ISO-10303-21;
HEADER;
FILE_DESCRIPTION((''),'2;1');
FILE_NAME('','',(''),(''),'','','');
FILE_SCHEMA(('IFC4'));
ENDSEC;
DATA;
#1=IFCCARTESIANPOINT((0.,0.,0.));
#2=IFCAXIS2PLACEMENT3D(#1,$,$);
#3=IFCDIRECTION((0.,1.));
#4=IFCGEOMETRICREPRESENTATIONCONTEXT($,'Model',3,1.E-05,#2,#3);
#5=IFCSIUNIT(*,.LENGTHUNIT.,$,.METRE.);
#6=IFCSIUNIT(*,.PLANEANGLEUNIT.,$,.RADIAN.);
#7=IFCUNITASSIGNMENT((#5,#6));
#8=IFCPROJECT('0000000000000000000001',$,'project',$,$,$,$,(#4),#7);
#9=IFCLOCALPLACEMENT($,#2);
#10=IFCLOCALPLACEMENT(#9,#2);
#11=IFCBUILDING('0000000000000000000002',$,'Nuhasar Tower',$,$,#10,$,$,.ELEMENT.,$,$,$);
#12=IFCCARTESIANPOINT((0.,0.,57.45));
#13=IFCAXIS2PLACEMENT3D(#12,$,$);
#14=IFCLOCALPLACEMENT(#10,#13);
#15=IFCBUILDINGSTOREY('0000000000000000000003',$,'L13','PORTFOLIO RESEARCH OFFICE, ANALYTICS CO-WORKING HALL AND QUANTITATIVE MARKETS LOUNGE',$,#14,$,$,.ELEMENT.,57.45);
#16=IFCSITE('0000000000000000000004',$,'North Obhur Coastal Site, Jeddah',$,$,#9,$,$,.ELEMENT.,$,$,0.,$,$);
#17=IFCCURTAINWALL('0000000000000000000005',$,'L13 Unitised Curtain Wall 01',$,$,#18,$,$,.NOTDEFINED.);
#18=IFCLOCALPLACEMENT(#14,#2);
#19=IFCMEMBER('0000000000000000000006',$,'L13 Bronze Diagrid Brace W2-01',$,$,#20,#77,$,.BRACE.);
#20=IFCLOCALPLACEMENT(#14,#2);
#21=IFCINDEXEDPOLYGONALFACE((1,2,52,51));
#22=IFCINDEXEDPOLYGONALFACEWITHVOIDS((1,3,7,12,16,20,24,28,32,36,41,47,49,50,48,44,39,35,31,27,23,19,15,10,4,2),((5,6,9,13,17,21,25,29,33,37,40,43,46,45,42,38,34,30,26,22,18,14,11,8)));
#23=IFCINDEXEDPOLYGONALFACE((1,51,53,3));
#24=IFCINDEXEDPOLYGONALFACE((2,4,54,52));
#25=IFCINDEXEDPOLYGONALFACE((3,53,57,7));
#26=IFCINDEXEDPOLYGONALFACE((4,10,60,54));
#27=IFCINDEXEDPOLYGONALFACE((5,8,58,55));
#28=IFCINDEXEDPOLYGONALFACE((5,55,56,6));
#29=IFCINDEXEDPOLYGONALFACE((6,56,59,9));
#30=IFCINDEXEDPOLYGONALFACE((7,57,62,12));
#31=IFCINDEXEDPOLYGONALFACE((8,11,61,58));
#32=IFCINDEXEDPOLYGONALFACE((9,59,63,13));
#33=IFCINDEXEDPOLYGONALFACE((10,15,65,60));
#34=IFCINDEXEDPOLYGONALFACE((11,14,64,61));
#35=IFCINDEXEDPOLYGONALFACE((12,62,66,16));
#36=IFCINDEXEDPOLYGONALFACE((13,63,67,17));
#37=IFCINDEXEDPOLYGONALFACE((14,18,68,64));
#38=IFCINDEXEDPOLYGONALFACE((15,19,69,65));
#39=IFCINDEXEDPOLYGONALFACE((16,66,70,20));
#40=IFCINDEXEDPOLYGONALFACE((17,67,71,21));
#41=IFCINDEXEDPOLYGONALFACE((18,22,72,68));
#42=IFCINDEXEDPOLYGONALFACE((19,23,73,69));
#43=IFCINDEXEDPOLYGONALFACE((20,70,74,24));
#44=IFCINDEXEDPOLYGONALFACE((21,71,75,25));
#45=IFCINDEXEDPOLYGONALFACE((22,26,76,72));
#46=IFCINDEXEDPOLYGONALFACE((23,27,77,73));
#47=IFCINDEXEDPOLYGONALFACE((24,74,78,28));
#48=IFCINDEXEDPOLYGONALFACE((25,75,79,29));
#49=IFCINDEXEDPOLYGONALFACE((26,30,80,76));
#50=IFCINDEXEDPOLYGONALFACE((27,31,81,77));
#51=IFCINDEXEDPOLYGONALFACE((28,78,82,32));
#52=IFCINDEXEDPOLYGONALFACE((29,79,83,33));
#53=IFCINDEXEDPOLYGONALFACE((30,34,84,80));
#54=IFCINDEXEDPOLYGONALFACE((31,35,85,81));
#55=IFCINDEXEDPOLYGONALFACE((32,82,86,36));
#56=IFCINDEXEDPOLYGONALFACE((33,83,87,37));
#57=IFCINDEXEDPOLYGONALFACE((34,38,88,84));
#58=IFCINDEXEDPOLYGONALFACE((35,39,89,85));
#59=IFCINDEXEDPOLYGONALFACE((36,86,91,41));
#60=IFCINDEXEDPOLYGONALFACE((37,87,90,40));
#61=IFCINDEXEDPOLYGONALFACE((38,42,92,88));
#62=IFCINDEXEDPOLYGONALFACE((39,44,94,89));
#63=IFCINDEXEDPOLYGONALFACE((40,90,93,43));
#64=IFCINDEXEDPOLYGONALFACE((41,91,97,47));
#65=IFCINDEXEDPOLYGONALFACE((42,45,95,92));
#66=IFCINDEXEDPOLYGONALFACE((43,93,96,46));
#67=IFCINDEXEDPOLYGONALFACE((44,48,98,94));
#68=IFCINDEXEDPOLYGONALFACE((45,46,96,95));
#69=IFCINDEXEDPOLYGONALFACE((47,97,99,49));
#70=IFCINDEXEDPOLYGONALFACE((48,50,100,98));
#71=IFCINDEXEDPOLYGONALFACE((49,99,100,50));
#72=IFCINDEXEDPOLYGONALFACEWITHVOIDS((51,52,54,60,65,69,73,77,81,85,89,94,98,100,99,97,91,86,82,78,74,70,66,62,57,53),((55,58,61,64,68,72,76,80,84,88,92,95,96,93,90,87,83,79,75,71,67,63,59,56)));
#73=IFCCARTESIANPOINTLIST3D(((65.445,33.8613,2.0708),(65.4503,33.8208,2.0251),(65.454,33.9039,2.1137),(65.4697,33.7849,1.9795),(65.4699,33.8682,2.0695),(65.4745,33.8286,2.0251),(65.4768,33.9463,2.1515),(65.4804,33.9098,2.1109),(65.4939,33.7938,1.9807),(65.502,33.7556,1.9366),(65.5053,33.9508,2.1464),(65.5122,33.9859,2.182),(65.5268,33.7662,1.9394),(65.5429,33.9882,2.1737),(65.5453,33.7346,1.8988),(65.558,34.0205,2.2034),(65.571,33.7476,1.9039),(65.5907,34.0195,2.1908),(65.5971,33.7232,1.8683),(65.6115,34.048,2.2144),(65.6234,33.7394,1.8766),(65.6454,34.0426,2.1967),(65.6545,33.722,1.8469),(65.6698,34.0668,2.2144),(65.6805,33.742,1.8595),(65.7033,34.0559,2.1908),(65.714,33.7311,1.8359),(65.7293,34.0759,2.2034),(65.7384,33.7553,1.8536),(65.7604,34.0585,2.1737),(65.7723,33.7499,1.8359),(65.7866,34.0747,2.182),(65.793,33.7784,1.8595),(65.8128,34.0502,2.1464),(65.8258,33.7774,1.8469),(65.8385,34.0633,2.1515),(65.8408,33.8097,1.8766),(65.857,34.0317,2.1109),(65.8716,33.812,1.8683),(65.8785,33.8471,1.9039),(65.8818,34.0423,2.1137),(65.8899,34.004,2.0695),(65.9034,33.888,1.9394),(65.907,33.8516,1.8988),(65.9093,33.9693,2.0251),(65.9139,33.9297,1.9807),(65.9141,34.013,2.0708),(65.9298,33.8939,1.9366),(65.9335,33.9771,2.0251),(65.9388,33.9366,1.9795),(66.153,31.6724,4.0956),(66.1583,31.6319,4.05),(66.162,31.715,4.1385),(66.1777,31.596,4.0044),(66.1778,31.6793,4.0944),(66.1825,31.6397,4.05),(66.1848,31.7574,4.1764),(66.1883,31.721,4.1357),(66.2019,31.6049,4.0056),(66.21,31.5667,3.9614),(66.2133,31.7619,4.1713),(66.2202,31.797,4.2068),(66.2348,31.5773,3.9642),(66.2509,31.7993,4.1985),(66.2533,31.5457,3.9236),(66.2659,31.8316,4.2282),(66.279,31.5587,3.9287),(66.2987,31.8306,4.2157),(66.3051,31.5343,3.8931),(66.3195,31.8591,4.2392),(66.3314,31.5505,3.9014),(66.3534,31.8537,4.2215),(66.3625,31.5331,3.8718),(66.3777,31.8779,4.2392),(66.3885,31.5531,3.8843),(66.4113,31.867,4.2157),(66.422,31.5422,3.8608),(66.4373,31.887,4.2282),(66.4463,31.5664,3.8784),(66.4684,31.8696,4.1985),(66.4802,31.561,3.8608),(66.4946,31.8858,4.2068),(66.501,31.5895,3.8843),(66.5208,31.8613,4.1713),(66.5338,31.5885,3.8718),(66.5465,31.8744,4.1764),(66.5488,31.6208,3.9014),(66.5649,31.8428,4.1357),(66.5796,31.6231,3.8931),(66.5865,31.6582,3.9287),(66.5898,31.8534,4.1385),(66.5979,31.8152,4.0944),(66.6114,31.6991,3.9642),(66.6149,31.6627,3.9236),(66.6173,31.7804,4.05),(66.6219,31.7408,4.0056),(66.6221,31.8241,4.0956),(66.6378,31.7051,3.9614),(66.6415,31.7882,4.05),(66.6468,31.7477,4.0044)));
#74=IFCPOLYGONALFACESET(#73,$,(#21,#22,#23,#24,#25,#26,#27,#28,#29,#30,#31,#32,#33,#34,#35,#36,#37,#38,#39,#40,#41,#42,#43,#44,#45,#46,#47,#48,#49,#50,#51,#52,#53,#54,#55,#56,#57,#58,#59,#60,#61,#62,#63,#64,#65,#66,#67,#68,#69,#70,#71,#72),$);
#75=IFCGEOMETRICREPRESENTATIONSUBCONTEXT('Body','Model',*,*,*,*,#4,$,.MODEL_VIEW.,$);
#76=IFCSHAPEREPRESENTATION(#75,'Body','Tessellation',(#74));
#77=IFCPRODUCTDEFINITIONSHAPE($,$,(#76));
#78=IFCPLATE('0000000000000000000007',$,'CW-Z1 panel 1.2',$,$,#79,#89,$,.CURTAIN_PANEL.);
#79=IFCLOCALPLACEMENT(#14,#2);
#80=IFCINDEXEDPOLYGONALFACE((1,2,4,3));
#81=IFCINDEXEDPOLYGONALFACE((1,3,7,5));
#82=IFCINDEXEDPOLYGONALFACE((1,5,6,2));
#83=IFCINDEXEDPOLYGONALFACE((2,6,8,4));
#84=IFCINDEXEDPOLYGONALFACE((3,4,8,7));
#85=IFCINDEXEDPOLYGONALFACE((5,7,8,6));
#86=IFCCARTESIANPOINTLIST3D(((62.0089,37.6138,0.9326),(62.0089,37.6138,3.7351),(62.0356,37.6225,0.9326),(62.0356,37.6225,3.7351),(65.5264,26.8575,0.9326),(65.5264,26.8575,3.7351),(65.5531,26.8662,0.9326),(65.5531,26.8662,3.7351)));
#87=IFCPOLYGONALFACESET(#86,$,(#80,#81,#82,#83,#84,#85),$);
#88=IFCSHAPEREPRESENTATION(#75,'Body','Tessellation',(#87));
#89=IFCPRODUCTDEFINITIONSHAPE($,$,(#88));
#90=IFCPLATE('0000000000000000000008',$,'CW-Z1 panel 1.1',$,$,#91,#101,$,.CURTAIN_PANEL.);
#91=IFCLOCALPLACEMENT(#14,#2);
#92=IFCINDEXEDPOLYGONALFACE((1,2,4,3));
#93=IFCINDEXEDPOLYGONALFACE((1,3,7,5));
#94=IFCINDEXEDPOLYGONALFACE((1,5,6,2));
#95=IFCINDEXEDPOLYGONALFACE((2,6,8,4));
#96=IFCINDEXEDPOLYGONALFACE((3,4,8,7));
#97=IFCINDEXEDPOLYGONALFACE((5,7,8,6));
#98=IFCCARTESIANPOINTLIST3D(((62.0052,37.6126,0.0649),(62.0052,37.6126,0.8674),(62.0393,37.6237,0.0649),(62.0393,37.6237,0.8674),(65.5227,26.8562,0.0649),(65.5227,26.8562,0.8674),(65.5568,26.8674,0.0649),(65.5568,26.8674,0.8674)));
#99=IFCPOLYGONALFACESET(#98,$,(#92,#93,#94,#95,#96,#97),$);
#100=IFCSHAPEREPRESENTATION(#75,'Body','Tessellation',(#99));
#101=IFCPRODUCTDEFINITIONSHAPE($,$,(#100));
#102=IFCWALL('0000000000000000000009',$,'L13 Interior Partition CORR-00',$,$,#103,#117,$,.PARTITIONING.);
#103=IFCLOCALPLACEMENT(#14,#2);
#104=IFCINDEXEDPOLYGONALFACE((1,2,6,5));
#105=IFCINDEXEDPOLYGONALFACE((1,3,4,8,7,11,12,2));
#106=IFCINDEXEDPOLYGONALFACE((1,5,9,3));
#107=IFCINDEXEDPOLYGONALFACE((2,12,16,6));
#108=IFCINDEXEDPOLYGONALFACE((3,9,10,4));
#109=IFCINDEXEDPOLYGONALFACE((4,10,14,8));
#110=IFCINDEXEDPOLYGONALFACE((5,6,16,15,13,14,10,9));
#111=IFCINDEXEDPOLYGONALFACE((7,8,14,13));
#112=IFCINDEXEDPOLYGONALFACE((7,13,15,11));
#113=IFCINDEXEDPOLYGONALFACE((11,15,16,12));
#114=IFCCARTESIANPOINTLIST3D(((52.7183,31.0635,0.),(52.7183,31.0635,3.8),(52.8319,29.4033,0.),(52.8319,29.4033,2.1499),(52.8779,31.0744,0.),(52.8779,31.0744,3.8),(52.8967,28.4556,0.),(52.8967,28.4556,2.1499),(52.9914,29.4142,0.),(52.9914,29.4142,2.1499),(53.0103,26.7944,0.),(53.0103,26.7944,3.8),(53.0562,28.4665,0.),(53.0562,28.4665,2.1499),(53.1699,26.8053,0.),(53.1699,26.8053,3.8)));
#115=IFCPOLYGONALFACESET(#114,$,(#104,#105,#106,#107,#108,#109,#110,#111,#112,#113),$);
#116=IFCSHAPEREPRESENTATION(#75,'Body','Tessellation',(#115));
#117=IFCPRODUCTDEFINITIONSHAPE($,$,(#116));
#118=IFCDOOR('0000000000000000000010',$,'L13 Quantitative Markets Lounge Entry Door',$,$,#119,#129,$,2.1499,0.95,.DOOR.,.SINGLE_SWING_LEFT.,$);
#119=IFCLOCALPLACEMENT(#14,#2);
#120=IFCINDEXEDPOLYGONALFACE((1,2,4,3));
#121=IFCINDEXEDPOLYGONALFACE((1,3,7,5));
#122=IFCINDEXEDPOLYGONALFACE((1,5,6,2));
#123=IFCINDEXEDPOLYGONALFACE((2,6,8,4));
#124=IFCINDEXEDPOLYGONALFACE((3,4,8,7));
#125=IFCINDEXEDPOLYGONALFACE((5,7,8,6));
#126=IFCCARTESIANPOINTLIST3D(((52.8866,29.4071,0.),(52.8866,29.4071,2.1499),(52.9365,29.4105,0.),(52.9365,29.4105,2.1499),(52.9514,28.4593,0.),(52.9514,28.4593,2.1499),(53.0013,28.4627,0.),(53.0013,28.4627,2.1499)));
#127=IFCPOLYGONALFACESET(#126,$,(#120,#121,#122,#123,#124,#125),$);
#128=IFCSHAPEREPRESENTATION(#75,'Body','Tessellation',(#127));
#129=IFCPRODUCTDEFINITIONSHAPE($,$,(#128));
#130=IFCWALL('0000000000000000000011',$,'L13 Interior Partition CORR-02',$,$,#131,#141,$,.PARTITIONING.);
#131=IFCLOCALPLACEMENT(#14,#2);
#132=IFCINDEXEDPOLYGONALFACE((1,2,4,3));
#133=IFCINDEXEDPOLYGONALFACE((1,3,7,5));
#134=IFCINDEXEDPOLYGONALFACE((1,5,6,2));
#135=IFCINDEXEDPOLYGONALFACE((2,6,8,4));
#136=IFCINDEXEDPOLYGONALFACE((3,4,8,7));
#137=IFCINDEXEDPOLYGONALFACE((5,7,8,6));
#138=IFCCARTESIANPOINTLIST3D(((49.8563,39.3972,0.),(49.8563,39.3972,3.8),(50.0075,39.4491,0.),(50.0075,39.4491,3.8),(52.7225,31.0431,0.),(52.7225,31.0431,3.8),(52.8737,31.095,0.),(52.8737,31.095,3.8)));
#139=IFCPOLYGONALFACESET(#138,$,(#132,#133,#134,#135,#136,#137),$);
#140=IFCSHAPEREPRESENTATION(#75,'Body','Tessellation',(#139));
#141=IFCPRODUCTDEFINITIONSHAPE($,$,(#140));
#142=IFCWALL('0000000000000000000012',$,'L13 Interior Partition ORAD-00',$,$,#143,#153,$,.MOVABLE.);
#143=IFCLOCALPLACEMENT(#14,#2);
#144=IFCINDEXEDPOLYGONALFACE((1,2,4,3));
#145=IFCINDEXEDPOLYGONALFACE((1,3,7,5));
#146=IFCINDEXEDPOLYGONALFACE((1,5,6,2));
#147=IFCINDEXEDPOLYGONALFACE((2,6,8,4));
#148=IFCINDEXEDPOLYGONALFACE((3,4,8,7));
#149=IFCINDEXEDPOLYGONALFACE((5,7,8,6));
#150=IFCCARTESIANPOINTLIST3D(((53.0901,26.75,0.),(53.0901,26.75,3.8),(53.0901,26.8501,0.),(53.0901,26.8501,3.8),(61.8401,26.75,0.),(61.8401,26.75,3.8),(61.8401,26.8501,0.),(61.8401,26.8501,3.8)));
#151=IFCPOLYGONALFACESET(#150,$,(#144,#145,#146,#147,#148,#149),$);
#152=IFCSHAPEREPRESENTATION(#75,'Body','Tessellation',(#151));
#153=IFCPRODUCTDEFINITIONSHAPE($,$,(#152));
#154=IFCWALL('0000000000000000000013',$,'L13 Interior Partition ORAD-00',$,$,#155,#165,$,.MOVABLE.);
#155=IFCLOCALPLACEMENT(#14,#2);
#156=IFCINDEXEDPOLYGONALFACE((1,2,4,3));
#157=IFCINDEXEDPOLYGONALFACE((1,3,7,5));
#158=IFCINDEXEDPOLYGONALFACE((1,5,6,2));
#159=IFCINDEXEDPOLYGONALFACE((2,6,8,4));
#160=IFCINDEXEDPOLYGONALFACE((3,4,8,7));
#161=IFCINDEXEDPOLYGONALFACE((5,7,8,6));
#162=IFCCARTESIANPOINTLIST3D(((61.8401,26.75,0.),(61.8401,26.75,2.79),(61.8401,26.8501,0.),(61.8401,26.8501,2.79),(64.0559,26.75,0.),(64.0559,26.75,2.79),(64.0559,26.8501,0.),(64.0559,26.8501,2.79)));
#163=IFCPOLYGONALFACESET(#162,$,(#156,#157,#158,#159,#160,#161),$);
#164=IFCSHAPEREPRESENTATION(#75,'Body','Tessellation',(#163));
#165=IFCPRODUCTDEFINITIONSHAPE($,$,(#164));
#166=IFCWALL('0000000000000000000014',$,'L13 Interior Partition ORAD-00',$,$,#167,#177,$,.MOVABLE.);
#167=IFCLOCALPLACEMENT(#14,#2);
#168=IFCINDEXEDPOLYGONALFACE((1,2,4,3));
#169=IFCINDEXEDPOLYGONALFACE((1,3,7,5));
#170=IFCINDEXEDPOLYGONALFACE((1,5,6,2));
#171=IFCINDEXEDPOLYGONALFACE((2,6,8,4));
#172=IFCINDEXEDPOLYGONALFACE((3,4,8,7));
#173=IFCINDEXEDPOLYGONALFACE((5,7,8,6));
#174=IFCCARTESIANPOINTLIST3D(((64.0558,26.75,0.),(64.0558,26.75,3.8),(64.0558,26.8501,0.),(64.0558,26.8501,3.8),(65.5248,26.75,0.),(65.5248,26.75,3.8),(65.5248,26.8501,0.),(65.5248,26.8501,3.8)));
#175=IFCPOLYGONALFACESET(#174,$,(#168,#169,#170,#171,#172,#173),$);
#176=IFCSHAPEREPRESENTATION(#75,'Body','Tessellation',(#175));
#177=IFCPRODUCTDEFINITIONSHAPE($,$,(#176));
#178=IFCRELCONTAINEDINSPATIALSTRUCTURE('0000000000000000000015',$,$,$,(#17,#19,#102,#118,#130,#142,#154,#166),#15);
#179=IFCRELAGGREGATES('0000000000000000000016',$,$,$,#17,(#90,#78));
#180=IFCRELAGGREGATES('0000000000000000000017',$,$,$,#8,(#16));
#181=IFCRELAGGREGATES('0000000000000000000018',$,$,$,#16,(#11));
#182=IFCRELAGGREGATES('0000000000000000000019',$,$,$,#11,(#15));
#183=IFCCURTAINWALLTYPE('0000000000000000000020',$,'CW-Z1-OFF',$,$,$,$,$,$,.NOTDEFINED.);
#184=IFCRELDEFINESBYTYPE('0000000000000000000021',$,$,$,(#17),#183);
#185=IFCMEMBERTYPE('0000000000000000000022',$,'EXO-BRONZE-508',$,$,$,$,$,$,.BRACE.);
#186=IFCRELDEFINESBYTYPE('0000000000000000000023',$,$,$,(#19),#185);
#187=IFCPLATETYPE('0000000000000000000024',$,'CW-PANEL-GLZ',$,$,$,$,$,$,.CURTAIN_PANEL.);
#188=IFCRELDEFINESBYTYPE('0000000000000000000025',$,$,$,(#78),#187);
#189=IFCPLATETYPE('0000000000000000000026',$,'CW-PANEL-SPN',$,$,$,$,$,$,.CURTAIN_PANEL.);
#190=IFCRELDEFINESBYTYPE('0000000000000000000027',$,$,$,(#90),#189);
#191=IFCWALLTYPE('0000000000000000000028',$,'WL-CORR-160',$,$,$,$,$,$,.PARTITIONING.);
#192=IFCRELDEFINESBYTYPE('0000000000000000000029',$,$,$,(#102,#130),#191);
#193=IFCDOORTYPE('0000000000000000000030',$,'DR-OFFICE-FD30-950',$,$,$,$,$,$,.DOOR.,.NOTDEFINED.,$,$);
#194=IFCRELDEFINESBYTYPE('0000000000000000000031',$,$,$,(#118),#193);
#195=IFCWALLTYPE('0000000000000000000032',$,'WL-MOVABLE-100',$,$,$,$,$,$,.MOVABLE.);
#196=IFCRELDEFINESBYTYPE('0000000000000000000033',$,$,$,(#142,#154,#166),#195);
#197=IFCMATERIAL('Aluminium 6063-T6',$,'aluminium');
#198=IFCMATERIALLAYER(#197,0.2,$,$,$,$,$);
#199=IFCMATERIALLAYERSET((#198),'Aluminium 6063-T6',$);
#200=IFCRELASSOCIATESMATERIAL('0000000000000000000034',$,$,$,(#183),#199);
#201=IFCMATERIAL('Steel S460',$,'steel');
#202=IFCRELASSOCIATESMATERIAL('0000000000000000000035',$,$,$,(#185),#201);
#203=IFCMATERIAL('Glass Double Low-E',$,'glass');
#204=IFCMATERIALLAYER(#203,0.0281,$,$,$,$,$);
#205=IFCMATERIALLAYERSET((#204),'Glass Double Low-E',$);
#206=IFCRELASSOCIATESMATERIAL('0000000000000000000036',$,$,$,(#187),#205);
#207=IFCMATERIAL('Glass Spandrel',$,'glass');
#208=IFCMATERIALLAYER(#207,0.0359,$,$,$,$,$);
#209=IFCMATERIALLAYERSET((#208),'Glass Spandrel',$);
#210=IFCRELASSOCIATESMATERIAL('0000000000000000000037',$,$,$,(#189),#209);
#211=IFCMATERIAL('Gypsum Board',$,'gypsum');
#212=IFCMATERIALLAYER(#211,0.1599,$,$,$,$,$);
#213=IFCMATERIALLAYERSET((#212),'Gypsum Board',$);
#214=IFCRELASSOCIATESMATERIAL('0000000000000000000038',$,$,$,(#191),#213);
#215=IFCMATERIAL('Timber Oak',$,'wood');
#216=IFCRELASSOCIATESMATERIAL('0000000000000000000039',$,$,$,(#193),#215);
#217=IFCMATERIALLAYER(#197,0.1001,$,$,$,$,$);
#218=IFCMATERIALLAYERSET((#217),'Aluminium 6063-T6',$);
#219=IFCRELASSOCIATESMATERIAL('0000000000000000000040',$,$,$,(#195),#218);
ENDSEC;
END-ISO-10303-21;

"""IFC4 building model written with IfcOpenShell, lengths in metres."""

from ifc_helpers import new_model, si_unit, direction, frame, frame_2d, origin, origin_2d, place, context, subcontext, project, spatial, rectangle, hollow_circle, extrude, material, layer, layer_set, material_profile, profile_set, type_object, element, fill, aggregate, save


model = new_model("IFC4")

# Units and contexts
model_context = context("Model", 3, precision=1e-05, world=origin(), true_north=direction((0.0, 1.0)))
body_context = subcontext(model_context, "Body", "Model", "MODEL_VIEW")
ifc_project = project(units=[si_unit("LENGTHUNIT", "METRE"), si_unit("PLANEANGLEUNIT", "RADIAN")], contexts=[model_context])

# Site, building, storey
site_placement = place(None, origin())
site = spatial("IfcSite", under=ifc_project, at=site_placement, Name="North Obhur Coastal Site, Jeddah", CompositionType="ELEMENT", RefElevation=0.0)
building_placement = place(site_placement, origin())
building = spatial("IfcBuilding", under=site, at=building_placement, Name="Nuhasar Tower", CompositionType="ELEMENT")
storey_placement = place(building_placement, frame((0.0, 0.0, 57.45)))
storey = spatial("IfcBuildingStorey", under=building, at=storey_placement, Name="L13", Description="PORTFOLIO RESEARCH OFFICE, ANALYTICS CO-WORKING HALL AND QUANTITATIVE MARKETS LOUNGE", CompositionType="ELEMENT", Elevation=57.45)

# Curtain wall
ifc_material_1 = material(Name="Aluminium 6063-T6", Category="aluminium")
ifc_layer_1 = layer(ifc_material_1, 0.2)
ifc_layer_set_1 = layer_set([ifc_layer_1], Name="Aluminium 6063-T6")
curtain_wall_type = type_object("IfcCurtainWallType", Name="CW-Z1-OFF", PredefinedType="NOTDEFINED", material=ifc_layer_set_1)
curtain_wall_placement = place(storey_placement, origin())
curtain_wall = element("IfcCurtainWall", 1, at=curtain_wall_placement, inside=storey, type_object=curtain_wall_type, Name="L13 Unitised Curtain Wall 01", PredefinedType="NOTDEFINED")

# Member
ifc_material_2 = material(Name="Steel S460", Category="steel")
ifc_material_profile_1 = material_profile(ifc_material_2, hollow_circle(Radius=0.2539, WallThickness=0.0254, at=origin_2d()), Name="HSS508X25.4")
ifc_profile_set_1 = profile_set([ifc_material_profile_1], Name="Steel S460")
member_type_1 = type_object("IfcMemberType", Name="EXO-BRONZE-508", PredefinedType="BRACE", material=ifc_profile_set_1)
member_1_placement = place(storey_placement, frame((65.6919, 33.8989, 2.0251), z_axis=(0.231012, -0.714225, 0.660694), x_axis=(0.951468, 0.307747, 0.0)))
element("IfcMember", 2, at=member_1_placement, inside=storey, type_object=member_type_1, Name="L13 Bronze Diagrid Brace W2-01", PredefinedType="BRACE", context=body_context, shape_type="SweptSolid", body=[
    extrude(hollow_circle(Radius=0.2539, WallThickness=0.0254, at=origin_2d()), origin(), (0.0, 0.0, 1.0), 3.0647),
])

# Plates
ifc_material_3 = material(Name="Glass Double Low-E", Category="glass")
ifc_layer_2 = layer(ifc_material_3, 0.0281)
ifc_layer_set_2 = layer_set([ifc_layer_2], Name="Glass Double Low-E")
plate_type_1 = type_object("IfcPlateType", Name="CW-PANEL-GLZ", PredefinedType="CURTAIN_PANEL", material=ifc_layer_set_2)
plate_1_placement = place(storey_placement, frame((63.781, 32.24, 0.9326), z_axis=(0.0, 0.0, 1.0), x_axis=(-0.310824, 0.950468, 0.0)))
plate_1 = element("IfcPlate", 3, at=plate_1_placement, type_object=plate_type_1, Name="CW-Z1 panel 1.2", PredefinedType="CURTAIN_PANEL", context=body_context, shape_type="SweptSolid", body=[
    extrude(rectangle(XDim=11.3169, YDim=0.0281, at=origin_2d()), origin(), (0.0, 0.0, 1.0), 2.8025),
])
ifc_material_4 = material(Name="Glass Spandrel", Category="glass")
ifc_layer_3 = layer(ifc_material_4, 0.0359)
ifc_layer_set_3 = layer_set([ifc_layer_3], Name="Glass Spandrel")
plate_type_2 = type_object("IfcPlateType", Name="CW-PANEL-SPN", PredefinedType="CURTAIN_PANEL", material=ifc_layer_set_3)
plate_2_placement = place(storey_placement, frame((63.781, 32.24, 0.0649), z_axis=(0.0, 0.0, 1.0), x_axis=(-0.310824, 0.950468, 0.0)))
plate_2 = element("IfcPlate", 4, at=plate_2_placement, type_object=plate_type_2, Name="CW-Z1 panel 1.1", PredefinedType="CURTAIN_PANEL", context=body_context, shape_type="SweptSolid", body=[
    extrude(rectangle(XDim=11.3169, YDim=0.0359, at=origin_2d()), origin(), (0.0, 0.0, 1.0), 0.8025),
])
aggregate(curtain_wall, [plate_2, plate_1])

# Wall, opening, door
ifc_material_5 = material(Name="Gypsum Board", Category="gypsum")
ifc_layer_4 = layer(ifc_material_5, 0.1599)
ifc_layer_set_4 = layer_set([ifc_layer_4], Name="Gypsum Board")
wall_type_1 = type_object("IfcWallType", Name="WL-CORR-160", PredefinedType="PARTITIONING", material=ifc_layer_set_4)
wall_1_placement = place(storey_placement, frame((52.7981, 31.0691, 0.0), z_axis=(0.0, 0.0, 1.0), x_axis=(0.068238, -0.997669, 0.0)))
wall_1 = element("IfcWall", 5, at=wall_1_placement, inside=storey, type_object=wall_type_1, Name="L13 Interior Partition CORR-00", PredefinedType="PARTITIONING", context=body_context, shape_type="SweptSolid", body=[
    extrude(rectangle(XDim=4.2791, YDim=0.1599, at=frame_2d((2.1396, 0.0))), origin(), (0.0, 0.0, 1.0), 3.8),
])
opening_placement = place(wall_1_placement, frame((1.6641, 0.0, 0.0)))
opening = element("IfcOpeningElement", 6, at=opening_placement, cuts=wall_1, PredefinedType="OPENING", context=body_context, shape_type="SweptSolid", body=[
    extrude(rectangle(XDim=0.95, YDim=2.1499, at=frame_2d((0.4751, 1.075))), frame((0.0, 0.0898, 0.0), z_axis=(0.0, -1.0, 0.0), x_axis=(1.0, 0.0, 0.0)), (0.0, 0.0, 1.0), 0.1799),
])
ifc_material_6 = material(Name="Timber Oak", Category="wood")
door_type = type_object("IfcDoorType", Name="DR-OFFICE-FD30-950", OperationType="NOTDEFINED", PredefinedType="DOOR", material=ifc_material_6)
door_placement = place(opening_placement, origin())
door = element("IfcDoor", 7, at=door_placement, inside=storey, type_object=door_type, Name="L13 Quantitative Markets Lounge Entry Door", OperationType="SINGLE_SWING_LEFT", OverallHeight=2.1499, OverallWidth=0.95, PredefinedType="DOOR", context=body_context, shape_type="SweptSolid", body=[
    extrude(rectangle(XDim=0.95, YDim=2.1499, at=frame_2d((0.4751, 1.075))), frame((0.0, 0.0249, 0.0), z_axis=(0.0, -1.0, 0.0), x_axis=(1.0, 0.0, 0.0)), (0.0, 0.0, 1.0), 0.05),
])
fill(opening, door)

# Walls
wall_2_placement = place(storey_placement, frame((52.7981, 31.0691, 0.0), z_axis=(0.0, 0.0, 1.0), x_axis=(-0.324525, 0.945877, 0.0)))
element("IfcWall", 8, at=wall_2_placement, inside=storey, type_object=wall_type_1, Name="L13 Interior Partition CORR-02", PredefinedType="PARTITIONING", context=body_context, shape_type="SweptSolid", body=[
    extrude(rectangle(XDim=8.832, YDim=0.1599, at=frame_2d((4.416, 0.0))), origin(), (0.0, 0.0, 1.0), 3.8),
])
ifc_layer_5 = layer(ifc_material_1, 0.1001)
ifc_layer_set_5 = layer_set([ifc_layer_5], Name="Aluminium 6063-T6")
wall_type_2 = type_object("IfcWallType", Name="WL-MOVABLE-100", PredefinedType="MOVABLE", material=ifc_layer_set_5)
wall_3_placement = place(storey_placement, frame((53.0901, 26.8, 0.0), z_axis=(0.0, 0.0, 1.0), x_axis=(1.0, 0.0, 0.0)))
element("IfcWall", 9, at=wall_3_placement, inside=storey, type_object=wall_type_2, Name="L13 Interior Partition ORAD-00", PredefinedType="MOVABLE", context=body_context, shape_type="SweptSolid", body=[
    extrude(rectangle(XDim=8.75, YDim=0.1001, at=frame_2d((4.375, 0.0))), origin(), (0.0, 0.0, 1.0), 3.8),
])
wall_4_placement = place(storey_placement, frame((61.8401, 26.8, 0.0), z_axis=(0.0, 0.0, 1.0), x_axis=(1.0, 0.0, 0.0)))
element("IfcWall", 10, at=wall_4_placement, inside=storey, type_object=wall_type_2, Name="L13 Interior Partition ORAD-00", PredefinedType="MOVABLE", context=body_context, shape_type="SweptSolid", body=[
    extrude(rectangle(XDim=2.2158, YDim=0.1001, at=frame_2d((1.1079, 0.0))), origin(), (0.0, 0.0, 1.0), 2.79),
])
wall_5_placement = place(storey_placement, frame((64.0559, 26.8, 0.0), z_axis=(0.0, 0.0, 1.0), x_axis=(1.0, 0.0, 0.0)))
element("IfcWall", 11, at=wall_5_placement, inside=storey, type_object=wall_type_2, Name="L13 Interior Partition ORAD-00", PredefinedType="MOVABLE", context=body_context, shape_type="SweptSolid", body=[
    extrude(rectangle(XDim=1.469, YDim=0.1001, at=frame_2d((0.7344, 0.0))), origin(), (0.0, 0.0, 1.0), 3.8),
])

save(model, "model.ifc")
